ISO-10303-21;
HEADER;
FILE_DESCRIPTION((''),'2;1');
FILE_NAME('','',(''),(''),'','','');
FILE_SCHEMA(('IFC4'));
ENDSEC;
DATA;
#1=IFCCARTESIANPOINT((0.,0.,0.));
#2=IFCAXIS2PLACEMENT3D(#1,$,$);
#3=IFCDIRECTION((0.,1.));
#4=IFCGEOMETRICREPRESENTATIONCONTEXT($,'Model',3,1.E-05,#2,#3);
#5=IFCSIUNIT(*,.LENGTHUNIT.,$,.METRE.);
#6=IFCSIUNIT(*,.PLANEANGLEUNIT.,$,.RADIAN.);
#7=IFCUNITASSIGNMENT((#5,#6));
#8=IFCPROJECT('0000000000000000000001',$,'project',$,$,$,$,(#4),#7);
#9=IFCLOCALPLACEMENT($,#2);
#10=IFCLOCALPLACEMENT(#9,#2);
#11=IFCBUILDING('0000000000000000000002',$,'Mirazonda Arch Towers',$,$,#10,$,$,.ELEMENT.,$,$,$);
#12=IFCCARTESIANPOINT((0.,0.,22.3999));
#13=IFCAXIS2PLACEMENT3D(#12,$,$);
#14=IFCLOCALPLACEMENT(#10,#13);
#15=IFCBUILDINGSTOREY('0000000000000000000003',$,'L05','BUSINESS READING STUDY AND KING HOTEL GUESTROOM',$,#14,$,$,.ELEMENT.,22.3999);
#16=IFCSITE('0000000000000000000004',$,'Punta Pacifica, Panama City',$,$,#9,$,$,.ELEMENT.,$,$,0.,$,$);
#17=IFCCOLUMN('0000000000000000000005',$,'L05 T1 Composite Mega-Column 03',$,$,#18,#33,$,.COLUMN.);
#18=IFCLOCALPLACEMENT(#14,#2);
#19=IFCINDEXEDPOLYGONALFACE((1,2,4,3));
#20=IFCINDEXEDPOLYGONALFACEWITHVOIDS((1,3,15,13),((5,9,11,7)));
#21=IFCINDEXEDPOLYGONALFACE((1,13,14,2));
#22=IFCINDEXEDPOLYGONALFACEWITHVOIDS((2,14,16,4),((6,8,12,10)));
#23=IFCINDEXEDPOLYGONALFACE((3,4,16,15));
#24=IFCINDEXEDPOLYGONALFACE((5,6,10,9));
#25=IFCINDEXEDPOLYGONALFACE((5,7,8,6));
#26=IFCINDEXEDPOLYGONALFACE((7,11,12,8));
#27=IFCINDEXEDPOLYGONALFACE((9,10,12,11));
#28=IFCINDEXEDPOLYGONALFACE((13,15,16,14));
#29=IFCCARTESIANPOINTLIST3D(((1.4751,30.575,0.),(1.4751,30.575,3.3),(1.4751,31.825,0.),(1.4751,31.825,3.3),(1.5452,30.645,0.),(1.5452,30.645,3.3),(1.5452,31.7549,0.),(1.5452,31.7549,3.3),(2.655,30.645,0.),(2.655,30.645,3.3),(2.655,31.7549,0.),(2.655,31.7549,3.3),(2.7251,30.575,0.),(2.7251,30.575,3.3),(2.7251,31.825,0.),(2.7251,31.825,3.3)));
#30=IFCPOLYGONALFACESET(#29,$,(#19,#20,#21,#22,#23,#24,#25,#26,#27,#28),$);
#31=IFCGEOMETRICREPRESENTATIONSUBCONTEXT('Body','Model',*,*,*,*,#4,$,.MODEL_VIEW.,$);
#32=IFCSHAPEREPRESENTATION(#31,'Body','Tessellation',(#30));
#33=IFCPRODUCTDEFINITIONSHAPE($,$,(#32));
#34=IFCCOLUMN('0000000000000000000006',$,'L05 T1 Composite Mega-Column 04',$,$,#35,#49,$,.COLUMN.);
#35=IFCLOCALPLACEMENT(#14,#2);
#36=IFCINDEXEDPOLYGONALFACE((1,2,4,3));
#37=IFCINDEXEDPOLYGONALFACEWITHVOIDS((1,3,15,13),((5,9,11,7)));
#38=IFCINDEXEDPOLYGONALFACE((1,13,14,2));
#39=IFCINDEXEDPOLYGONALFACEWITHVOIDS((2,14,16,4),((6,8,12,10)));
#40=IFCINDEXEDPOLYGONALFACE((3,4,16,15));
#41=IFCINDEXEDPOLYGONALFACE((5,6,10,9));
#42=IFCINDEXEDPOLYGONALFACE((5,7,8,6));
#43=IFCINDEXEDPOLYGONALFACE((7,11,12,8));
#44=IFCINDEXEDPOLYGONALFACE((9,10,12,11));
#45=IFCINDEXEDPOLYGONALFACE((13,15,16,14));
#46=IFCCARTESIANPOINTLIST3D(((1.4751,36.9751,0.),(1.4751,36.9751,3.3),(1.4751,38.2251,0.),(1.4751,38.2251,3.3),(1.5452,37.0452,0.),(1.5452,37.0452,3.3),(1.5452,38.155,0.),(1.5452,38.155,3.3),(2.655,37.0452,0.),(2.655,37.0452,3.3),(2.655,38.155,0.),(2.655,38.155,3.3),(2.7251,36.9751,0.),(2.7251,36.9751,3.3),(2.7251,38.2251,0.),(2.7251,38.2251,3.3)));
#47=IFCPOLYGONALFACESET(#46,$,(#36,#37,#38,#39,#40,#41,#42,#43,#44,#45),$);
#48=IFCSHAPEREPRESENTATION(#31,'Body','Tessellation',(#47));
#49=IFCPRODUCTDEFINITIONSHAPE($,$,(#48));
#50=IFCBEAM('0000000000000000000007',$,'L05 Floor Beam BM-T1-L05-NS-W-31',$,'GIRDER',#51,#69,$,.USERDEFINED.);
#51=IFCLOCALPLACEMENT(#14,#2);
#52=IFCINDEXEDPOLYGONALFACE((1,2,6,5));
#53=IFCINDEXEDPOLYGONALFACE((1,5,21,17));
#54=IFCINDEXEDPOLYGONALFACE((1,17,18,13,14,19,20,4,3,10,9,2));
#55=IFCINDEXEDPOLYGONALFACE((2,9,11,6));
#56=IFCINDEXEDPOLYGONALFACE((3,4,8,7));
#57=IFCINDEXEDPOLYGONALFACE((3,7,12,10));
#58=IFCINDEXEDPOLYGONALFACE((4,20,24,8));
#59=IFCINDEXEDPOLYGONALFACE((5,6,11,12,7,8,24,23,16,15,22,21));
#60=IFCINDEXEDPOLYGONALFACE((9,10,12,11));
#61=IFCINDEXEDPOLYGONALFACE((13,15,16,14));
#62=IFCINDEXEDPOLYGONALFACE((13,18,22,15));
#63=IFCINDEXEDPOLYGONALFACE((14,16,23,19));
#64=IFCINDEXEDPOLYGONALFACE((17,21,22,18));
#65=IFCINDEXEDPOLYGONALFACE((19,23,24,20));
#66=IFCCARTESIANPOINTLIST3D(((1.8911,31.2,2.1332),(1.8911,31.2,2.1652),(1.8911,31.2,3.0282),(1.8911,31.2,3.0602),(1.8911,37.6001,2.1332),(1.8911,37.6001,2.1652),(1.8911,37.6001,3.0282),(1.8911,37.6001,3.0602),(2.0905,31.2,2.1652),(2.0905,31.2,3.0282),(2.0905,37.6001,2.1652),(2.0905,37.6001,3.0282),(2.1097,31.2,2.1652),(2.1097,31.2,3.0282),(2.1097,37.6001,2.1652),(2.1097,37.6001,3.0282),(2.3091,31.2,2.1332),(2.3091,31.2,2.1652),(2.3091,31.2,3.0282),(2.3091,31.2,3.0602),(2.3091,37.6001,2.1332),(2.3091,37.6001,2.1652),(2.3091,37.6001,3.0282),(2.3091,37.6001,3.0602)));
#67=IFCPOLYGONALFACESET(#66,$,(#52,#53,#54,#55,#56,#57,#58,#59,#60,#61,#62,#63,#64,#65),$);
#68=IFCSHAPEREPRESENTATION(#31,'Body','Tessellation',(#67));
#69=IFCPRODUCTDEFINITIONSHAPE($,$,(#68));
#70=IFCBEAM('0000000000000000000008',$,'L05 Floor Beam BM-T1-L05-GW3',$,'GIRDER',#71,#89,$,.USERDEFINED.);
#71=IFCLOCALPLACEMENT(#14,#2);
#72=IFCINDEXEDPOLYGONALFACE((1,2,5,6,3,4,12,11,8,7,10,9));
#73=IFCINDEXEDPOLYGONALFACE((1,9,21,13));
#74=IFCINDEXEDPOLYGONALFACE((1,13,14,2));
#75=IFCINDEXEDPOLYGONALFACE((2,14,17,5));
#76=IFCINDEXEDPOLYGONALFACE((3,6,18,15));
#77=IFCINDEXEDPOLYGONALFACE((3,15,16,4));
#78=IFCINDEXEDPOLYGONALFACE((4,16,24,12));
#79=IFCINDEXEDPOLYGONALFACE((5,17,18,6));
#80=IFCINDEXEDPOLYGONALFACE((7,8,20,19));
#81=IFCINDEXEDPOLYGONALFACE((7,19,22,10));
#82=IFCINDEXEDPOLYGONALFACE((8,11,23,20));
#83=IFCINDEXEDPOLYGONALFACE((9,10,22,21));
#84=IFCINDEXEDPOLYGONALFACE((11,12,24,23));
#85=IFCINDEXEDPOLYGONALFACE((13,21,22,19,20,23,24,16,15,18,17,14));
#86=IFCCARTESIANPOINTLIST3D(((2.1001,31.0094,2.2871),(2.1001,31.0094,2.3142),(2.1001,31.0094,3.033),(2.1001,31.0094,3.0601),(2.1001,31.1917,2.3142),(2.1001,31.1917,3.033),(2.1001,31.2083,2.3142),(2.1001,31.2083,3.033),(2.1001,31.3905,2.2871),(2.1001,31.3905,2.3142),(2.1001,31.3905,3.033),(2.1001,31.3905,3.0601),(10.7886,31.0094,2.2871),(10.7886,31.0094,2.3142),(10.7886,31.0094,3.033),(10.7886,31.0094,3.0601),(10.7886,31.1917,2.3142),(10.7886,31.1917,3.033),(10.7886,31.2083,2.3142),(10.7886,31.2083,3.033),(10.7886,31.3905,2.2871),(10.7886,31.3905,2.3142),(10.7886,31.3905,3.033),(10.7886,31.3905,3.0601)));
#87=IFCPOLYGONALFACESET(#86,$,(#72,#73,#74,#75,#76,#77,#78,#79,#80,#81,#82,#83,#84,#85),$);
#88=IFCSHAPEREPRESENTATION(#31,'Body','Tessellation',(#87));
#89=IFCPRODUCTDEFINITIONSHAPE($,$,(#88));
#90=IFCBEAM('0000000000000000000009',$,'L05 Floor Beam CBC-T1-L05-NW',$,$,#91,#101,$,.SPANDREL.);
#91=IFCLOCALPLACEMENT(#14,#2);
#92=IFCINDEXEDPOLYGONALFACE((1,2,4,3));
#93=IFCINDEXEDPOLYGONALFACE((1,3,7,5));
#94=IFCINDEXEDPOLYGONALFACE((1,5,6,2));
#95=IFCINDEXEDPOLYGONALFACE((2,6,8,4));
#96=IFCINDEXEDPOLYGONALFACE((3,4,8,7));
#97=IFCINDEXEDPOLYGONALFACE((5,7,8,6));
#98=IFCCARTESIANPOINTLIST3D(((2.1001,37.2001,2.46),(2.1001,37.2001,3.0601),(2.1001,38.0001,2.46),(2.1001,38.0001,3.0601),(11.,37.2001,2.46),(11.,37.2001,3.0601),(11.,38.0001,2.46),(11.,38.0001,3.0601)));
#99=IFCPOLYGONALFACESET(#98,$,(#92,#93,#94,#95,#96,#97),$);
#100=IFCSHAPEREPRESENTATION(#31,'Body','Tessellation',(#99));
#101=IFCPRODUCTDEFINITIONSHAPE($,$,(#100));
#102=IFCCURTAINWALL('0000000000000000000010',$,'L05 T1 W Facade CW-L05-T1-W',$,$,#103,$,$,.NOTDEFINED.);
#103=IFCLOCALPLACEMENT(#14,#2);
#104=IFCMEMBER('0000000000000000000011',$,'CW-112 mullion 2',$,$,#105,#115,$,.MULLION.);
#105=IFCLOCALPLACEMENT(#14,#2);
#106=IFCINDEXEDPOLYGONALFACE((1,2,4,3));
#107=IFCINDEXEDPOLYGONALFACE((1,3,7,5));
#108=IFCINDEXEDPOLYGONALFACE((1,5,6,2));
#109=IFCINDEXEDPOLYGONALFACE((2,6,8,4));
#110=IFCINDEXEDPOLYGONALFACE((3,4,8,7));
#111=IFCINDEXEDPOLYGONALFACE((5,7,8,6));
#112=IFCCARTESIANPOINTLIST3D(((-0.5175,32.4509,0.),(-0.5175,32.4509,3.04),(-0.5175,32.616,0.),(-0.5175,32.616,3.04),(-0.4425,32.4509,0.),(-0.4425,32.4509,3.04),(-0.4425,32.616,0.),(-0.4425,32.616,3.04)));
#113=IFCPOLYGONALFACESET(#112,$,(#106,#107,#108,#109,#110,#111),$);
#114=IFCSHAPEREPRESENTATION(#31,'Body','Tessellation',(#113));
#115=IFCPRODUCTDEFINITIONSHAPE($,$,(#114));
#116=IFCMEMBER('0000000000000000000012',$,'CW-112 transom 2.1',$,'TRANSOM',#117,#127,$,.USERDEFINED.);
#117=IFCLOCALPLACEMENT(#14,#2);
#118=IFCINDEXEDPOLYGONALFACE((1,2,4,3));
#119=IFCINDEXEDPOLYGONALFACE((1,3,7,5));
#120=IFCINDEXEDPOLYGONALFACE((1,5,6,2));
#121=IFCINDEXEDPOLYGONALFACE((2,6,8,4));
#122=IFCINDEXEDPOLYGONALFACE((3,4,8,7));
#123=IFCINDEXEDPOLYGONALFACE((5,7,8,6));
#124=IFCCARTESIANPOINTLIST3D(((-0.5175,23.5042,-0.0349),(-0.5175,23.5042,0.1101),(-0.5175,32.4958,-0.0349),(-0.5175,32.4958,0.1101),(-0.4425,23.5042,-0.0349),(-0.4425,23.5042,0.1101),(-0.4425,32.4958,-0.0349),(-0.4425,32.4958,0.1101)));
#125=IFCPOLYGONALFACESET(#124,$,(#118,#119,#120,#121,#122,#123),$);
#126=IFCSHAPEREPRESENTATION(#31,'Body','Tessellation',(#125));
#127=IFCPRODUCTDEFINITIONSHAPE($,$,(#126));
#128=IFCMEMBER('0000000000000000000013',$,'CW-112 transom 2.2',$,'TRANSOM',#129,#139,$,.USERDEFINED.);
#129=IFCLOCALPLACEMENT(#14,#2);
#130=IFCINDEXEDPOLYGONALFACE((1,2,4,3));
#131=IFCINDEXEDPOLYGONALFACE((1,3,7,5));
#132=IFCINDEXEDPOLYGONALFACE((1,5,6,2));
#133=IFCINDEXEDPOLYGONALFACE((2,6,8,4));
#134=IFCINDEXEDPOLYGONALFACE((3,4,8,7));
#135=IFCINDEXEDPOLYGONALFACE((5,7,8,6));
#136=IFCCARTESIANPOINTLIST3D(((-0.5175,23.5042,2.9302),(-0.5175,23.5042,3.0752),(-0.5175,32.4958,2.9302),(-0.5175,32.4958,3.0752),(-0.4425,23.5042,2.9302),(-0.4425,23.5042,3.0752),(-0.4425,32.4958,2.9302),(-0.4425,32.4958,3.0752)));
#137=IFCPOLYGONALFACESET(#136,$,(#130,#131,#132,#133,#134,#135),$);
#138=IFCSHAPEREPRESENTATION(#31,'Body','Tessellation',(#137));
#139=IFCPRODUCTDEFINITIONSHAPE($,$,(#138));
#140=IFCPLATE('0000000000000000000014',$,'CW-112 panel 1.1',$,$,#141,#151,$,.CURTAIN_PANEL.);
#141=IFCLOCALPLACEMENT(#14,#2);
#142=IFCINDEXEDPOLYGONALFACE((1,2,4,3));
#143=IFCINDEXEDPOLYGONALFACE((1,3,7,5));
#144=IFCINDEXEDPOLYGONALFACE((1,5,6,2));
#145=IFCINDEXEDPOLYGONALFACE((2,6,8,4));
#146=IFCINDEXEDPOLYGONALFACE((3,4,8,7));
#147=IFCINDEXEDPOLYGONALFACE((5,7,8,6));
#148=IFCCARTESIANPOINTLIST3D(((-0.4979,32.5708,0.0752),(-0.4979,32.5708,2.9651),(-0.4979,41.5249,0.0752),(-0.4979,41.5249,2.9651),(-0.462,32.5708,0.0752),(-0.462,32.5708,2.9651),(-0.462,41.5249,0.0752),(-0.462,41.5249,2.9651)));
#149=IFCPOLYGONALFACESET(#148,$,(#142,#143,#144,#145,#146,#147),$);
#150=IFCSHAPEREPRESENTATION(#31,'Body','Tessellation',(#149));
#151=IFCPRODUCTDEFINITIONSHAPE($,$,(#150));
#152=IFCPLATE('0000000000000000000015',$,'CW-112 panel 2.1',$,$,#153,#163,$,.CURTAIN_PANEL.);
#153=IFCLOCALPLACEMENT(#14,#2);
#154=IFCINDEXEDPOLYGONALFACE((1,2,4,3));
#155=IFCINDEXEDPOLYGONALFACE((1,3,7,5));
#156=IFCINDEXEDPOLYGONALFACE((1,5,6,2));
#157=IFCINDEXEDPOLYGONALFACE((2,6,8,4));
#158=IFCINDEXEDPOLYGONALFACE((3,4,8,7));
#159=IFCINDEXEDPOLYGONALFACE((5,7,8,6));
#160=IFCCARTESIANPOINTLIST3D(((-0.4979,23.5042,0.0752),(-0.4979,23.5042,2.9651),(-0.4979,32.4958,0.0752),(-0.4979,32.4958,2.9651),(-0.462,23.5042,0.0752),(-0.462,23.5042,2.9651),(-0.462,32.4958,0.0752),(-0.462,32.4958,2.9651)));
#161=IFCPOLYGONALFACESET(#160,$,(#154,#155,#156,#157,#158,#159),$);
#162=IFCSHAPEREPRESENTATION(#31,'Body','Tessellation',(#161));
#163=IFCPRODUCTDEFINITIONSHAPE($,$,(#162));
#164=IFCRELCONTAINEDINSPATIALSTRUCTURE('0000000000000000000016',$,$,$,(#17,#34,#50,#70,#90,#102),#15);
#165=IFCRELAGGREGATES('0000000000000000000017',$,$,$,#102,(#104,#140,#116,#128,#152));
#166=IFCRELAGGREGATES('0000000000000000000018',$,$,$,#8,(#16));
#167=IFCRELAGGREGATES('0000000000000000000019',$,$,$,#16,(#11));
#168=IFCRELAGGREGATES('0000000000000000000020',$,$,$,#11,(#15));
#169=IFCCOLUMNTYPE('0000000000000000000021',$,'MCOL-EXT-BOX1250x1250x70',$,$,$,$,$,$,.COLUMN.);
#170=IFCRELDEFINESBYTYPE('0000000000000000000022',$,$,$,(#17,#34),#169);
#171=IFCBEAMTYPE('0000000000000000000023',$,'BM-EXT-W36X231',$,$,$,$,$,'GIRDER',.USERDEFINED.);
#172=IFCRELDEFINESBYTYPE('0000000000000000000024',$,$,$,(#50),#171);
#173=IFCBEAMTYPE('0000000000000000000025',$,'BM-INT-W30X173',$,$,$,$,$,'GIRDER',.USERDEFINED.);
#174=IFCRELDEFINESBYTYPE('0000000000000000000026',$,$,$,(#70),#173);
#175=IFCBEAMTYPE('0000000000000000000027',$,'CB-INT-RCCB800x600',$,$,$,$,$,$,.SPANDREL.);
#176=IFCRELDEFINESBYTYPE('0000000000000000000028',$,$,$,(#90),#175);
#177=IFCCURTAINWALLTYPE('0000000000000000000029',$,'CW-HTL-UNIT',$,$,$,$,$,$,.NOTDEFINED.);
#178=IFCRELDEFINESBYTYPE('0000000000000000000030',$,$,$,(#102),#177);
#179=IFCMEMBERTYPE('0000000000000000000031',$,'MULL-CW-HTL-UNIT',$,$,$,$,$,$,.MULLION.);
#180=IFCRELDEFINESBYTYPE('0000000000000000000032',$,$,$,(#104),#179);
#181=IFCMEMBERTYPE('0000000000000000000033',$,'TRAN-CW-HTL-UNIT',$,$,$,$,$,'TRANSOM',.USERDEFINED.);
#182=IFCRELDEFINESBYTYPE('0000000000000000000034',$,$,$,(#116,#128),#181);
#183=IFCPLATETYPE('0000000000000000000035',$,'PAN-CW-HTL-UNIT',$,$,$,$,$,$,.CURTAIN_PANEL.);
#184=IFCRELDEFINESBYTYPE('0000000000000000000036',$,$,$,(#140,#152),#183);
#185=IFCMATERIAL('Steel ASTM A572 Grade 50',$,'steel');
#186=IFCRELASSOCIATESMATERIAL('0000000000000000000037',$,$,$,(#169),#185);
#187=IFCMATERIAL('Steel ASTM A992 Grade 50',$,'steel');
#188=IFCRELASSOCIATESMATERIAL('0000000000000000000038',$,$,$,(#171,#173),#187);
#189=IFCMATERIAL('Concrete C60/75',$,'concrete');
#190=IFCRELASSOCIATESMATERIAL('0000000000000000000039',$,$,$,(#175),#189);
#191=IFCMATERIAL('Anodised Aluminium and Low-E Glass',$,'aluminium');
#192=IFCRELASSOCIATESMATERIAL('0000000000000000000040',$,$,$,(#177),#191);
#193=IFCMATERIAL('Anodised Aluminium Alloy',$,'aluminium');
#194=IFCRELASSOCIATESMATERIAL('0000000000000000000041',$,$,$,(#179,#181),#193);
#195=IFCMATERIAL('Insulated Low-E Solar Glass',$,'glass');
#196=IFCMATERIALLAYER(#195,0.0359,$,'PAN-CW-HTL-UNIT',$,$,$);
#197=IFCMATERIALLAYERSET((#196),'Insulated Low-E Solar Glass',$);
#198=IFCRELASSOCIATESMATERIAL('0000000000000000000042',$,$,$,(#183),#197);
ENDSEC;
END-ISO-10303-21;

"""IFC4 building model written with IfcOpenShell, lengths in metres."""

from ifc_helpers import new_model, si_unit, direction, frame, origin, origin_2d, place, context, subcontext, project, spatial, rectangle, hollow_rectangle, i_section, extrude, material, layer, layer_set, material_profile, profile_set, type_object, element, aggregate, save


model = new_model("IFC4")

# Units and contexts
model_context = context("Model", 3, precision=1e-05, world=origin(), true_north=direction((0.0, 1.0)))
body_context = subcontext(model_context, "Body", "Model", "MODEL_VIEW")
ifc_project = project(units=[si_unit("LENGTHUNIT", "METRE"), si_unit("PLANEANGLEUNIT", "RADIAN")], contexts=[model_context])

# Site, building, storey
site_placement = place(None, origin())
site = spatial("IfcSite", under=ifc_project, at=site_placement, Name="Punta Pacifica, Panama City", CompositionType="ELEMENT", RefElevation=0.0)
building_placement = place(site_placement, origin())
building = spatial("IfcBuilding", under=site, at=building_placement, Name="Mirazonda Arch Towers", CompositionType="ELEMENT")
storey_placement = place(building_placement, frame((0.0, 0.0, 22.3999)))
storey = spatial("IfcBuildingStorey", under=building, at=storey_placement, Name="L05", Description="BUSINESS READING STUDY AND KING HOTEL GUESTROOM", CompositionType="ELEMENT", Elevation=22.3999)

# Columns
ifc_material_1 = material(Name="Steel ASTM A572 Grade 50", Category="steel")
ifc_material_profile_1 = material_profile(ifc_material_1, hollow_rectangle(XDim=1.25, YDim=1.25, WallThickness=0.0701, at=origin_2d()), Name="BOX1250x1250x70")
ifc_profile_set_1 = profile_set([ifc_material_profile_1], Name="Steel ASTM A572 Grade 50")
column_type = type_object("IfcColumnType", Name="MCOL-EXT-BOX1250x1250x70", PredefinedType="COLUMN", material=ifc_profile_set_1)
for number, where, z_axis, x_axis, name in (
    (1, (2.1001, 31.2, 0.0), (0.0, 0.0, 1.0), (1.0, 0.0, 0.0), "L05 T1 Composite Mega-Column 03"),
    (2, (2.1001, 37.6001, 0.0), (0.0, 0.0, 1.0), (1.0, 0.0, 0.0), "L05 T1 Composite Mega-Column 04"),
):
    element("IfcColumn", number, at=place(storey_placement, frame(where, z_axis=z_axis, x_axis=x_axis)), inside=storey, type_object=column_type, Name=name, PredefinedType="COLUMN", context=body_context, shape_type="SweptSolid", body=[
        extrude(hollow_rectangle(XDim=1.25, YDim=1.25, WallThickness=0.0701, at=origin_2d()), origin(), (0.0, 0.0, 1.0), 3.3),
    ])

# Beams
ifc_material_2 = material(Name="Steel ASTM A992 Grade 50", Category="steel")
ifc_material_profile_2 = material_profile(ifc_material_2, i_section(OverallWidth=0.418, OverallDepth=0.927, WebThickness=0.0193, FlangeThickness=0.032, at=origin_2d()), Name="W36X231")
ifc_profile_set_2 = profile_set([ifc_material_profile_2], Name="Steel ASTM A992 Grade 50")
beam_type_1 = type_object("IfcBeamType", Name="BM-EXT-W36X231", ElementType="GIRDER", PredefinedType="USERDEFINED", material=ifc_profile_set_2)
beam_1_placement = place(storey_placement, frame((2.1001, 31.2, 2.5967), z_axis=(0.0, 1.0, 0.0), x_axis=(-1.0, 0.0, 0.0)))
element("IfcBeam", 3, at=beam_1_placement, inside=storey, type_object=beam_type_1, Name="L05 Floor Beam BM-T1-L05-NS-W-31", ObjectType="GIRDER", PredefinedType="USERDEFINED", context=body_context, shape_type="SweptSolid", body=[
    extrude(i_section(OverallWidth=0.418, OverallDepth=0.927, WebThickness=0.0193, FlangeThickness=0.032, at=origin_2d()), origin(), (0.0, 0.0, 1.0), 6.4001),
])
ifc_material_profile_3 = material_profile(ifc_material_2, i_section(OverallWidth=0.3811, OverallDepth=0.7729, WebThickness=0.0166, FlangeThickness=0.0271, at=origin_2d()), Name="W30X173")
ifc_profile_set_3 = profile_set([ifc_material_profile_3], Name="Steel ASTM A992 Grade 50")
beam_type_2 = type_object("IfcBeamType", Name="BM-INT-W30X173", ElementType="GIRDER", PredefinedType="USERDEFINED", material=ifc_profile_set_3)
beam_2_placement = place(storey_placement, frame((2.1001, 31.2, 2.6736), z_axis=(1.0, 0.0, 0.0), x_axis=(0.0, 1.0, 0.0)))
element("IfcBeam", 4, at=beam_2_placement, inside=storey, type_object=beam_type_2, Name="L05 Floor Beam BM-T1-L05-GW3", ObjectType="GIRDER", PredefinedType="USERDEFINED", context=body_context, shape_type="SweptSolid", body=[
    extrude(i_section(OverallWidth=0.3811, OverallDepth=0.7729, WebThickness=0.0166, FlangeThickness=0.0271, at=origin_2d()), origin(), (0.0, 0.0, 1.0), 8.6885),
])
ifc_material_3 = material(Name="Concrete C60/75", Category="concrete")
ifc_material_profile_4 = material_profile(ifc_material_3, rectangle(XDim=0.8, YDim=0.6001, at=origin_2d()), Name="RCCB800x600")
ifc_profile_set_4 = profile_set([ifc_material_profile_4], Name="Concrete C60/75")
beam_type_3 = type_object("IfcBeamType", Name="CB-INT-RCCB800x600", PredefinedType="SPANDREL", material=ifc_profile_set_4)
beam_3_placement = place(storey_placement, frame((2.1001, 37.6001, 2.76), z_axis=(1.0, 0.0, 0.0), x_axis=(0.0, 1.0, 0.0)))
element("IfcBeam", 5, at=beam_3_placement, inside=storey, type_object=beam_type_3, Name="L05 Floor Beam CBC-T1-L05-NW", PredefinedType="SPANDREL", context=body_context, shape_type="SweptSolid", body=[
    extrude(rectangle(XDim=0.8, YDim=0.6001, at=origin_2d()), origin(), (0.0, 0.0, 1.0), 8.8999),
])

# Curtain wall, members, plates
ifc_material_4 = material(Name="Anodised Aluminium and Low-E Glass", Category="aluminium")
curtain_wall_type = type_object("IfcCurtainWallType", Name="CW-HTL-UNIT", PredefinedType="NOTDEFINED", material=ifc_material_4)
curtain_wall_placement = place(storey_placement, origin())
curtain_wall = element("IfcCurtainWall", 6, at=curtain_wall_placement, inside=storey, type_object=curtain_wall_type, Name="L05 T1 W Facade CW-L05-T1-W", PredefinedType="NOTDEFINED")
ifc_material_5 = material(Name="Anodised Aluminium Alloy", Category="aluminium")
ifc_material_profile_5 = material_profile(ifc_material_5, rectangle(XDim=0.075, YDim=0.165, at=origin_2d()), Name="ALU-MULL-75x165")
ifc_profile_set_5 = profile_set([ifc_material_profile_5], Name="Anodised Aluminium Alloy")
member_type_1 = type_object("IfcMemberType", Name="MULL-CW-HTL-UNIT", PredefinedType="MULLION", material=ifc_profile_set_5)
member_1_placement = place(storey_placement, frame((-0.48, 32.5334, 0.0), z_axis=(0.0, 0.0, 1.0), x_axis=(1.0, 0.0, 0.0)))
member_1 = element("IfcMember", 7, at=member_1_placement, type_object=member_type_1, Name="CW-112 mullion 2", PredefinedType="MULLION", context=body_context, shape_type="SweptSolid", body=[
    extrude(rectangle(XDim=0.075, YDim=0.165, at=origin_2d()), origin(), (0.0, 0.0, 1.0), 3.04),
])
ifc_material_profile_6 = material_profile(ifc_material_5, rectangle(XDim=0.075, YDim=0.145, at=origin_2d()), Name="ALU-TRAN-75x145")
ifc_profile_set_6 = profile_set([ifc_material_profile_6], Name="Anodised Aluminium Alloy")
member_type_2 = type_object("IfcMemberType", Name="TRAN-CW-HTL-UNIT", ElementType="TRANSOM", PredefinedType="USERDEFINED", material=ifc_profile_set_6)
member_2_placement = place(storey_placement, frame((-0.48, 32.4958, 0.0376), z_axis=(0.0, -1.0, 0.0), x_axis=(1.0, 0.0, 0.0)))
member_2 = element("IfcMember", 8, at=member_2_placement, type_object=member_type_2, Name="CW-112 transom 2.1", ObjectType="TRANSOM", PredefinedType="USERDEFINED", context=body_context, shape_type="SweptSolid", body=[
    extrude(rectangle(XDim=0.075, YDim=0.145, at=origin_2d()), origin(), (0.0, 0.0, 1.0), 8.9917),
])
member_3_placement = place(storey_placement, frame((-0.48, 32.4958, 3.0027), z_axis=(0.0, -1.0, 0.0), x_axis=(1.0, 0.0, 0.0)))
member_3 = element("IfcMember", 9, at=member_3_placement, type_object=member_type_2, Name="CW-112 transom 2.2", ObjectType="TRANSOM", PredefinedType="USERDEFINED", context=body_context, shape_type="SweptSolid", body=[
    extrude(rectangle(XDim=0.075, YDim=0.145, at=origin_2d()), origin(), (0.0, 0.0, 1.0), 8.9917),
])
ifc_material_6 = material(Name="Insulated Low-E Solar Glass", Category="glass")
ifc_layer_1 = layer(ifc_material_6, 0.0359, Name="PAN-CW-HTL-UNIT")
ifc_layer_set_1 = layer_set([ifc_layer_1], Name="Insulated Low-E Solar Glass")
plate_type = type_object("IfcPlateType", Name="PAN-CW-HTL-UNIT", PredefinedType="CURTAIN_PANEL", material=ifc_layer_set_1)
plate_1_placement = place(storey_placement, frame((-0.48, 37.0479, 0.0752), z_axis=(0.0, 0.0, 1.0), x_axis=(0.0, -1.0, 0.0)))
plate_1 = element("IfcPlate", 10, at=plate_1_placement, type_object=plate_type, Name="CW-112 panel 1.1", PredefinedType="CURTAIN_PANEL", context=body_context, shape_type="SweptSolid", body=[
    extrude(rectangle(XDim=8.9541, YDim=0.0359, at=origin_2d()), origin(), (0.0, 0.0, 1.0), 2.8899),
])
plate_2_placement = place(storey_placement, frame((-0.48, 28.0, 0.0752), z_axis=(0.0, 0.0, 1.0), x_axis=(0.0, -1.0, 0.0)))
plate_2 = element("IfcPlate", 11, at=plate_2_placement, type_object=plate_type, Name="CW-112 panel 2.1", PredefinedType="CURTAIN_PANEL", context=body_context, shape_type="SweptSolid", body=[
    extrude(rectangle(XDim=8.9917, YDim=0.0359, at=origin_2d()), origin(), (0.0, 0.0, 1.0), 2.8899),
])
aggregate(curtain_wall, [member_1, plate_1, member_2, member_3, plate_2])

save(model, "model.ifc")
